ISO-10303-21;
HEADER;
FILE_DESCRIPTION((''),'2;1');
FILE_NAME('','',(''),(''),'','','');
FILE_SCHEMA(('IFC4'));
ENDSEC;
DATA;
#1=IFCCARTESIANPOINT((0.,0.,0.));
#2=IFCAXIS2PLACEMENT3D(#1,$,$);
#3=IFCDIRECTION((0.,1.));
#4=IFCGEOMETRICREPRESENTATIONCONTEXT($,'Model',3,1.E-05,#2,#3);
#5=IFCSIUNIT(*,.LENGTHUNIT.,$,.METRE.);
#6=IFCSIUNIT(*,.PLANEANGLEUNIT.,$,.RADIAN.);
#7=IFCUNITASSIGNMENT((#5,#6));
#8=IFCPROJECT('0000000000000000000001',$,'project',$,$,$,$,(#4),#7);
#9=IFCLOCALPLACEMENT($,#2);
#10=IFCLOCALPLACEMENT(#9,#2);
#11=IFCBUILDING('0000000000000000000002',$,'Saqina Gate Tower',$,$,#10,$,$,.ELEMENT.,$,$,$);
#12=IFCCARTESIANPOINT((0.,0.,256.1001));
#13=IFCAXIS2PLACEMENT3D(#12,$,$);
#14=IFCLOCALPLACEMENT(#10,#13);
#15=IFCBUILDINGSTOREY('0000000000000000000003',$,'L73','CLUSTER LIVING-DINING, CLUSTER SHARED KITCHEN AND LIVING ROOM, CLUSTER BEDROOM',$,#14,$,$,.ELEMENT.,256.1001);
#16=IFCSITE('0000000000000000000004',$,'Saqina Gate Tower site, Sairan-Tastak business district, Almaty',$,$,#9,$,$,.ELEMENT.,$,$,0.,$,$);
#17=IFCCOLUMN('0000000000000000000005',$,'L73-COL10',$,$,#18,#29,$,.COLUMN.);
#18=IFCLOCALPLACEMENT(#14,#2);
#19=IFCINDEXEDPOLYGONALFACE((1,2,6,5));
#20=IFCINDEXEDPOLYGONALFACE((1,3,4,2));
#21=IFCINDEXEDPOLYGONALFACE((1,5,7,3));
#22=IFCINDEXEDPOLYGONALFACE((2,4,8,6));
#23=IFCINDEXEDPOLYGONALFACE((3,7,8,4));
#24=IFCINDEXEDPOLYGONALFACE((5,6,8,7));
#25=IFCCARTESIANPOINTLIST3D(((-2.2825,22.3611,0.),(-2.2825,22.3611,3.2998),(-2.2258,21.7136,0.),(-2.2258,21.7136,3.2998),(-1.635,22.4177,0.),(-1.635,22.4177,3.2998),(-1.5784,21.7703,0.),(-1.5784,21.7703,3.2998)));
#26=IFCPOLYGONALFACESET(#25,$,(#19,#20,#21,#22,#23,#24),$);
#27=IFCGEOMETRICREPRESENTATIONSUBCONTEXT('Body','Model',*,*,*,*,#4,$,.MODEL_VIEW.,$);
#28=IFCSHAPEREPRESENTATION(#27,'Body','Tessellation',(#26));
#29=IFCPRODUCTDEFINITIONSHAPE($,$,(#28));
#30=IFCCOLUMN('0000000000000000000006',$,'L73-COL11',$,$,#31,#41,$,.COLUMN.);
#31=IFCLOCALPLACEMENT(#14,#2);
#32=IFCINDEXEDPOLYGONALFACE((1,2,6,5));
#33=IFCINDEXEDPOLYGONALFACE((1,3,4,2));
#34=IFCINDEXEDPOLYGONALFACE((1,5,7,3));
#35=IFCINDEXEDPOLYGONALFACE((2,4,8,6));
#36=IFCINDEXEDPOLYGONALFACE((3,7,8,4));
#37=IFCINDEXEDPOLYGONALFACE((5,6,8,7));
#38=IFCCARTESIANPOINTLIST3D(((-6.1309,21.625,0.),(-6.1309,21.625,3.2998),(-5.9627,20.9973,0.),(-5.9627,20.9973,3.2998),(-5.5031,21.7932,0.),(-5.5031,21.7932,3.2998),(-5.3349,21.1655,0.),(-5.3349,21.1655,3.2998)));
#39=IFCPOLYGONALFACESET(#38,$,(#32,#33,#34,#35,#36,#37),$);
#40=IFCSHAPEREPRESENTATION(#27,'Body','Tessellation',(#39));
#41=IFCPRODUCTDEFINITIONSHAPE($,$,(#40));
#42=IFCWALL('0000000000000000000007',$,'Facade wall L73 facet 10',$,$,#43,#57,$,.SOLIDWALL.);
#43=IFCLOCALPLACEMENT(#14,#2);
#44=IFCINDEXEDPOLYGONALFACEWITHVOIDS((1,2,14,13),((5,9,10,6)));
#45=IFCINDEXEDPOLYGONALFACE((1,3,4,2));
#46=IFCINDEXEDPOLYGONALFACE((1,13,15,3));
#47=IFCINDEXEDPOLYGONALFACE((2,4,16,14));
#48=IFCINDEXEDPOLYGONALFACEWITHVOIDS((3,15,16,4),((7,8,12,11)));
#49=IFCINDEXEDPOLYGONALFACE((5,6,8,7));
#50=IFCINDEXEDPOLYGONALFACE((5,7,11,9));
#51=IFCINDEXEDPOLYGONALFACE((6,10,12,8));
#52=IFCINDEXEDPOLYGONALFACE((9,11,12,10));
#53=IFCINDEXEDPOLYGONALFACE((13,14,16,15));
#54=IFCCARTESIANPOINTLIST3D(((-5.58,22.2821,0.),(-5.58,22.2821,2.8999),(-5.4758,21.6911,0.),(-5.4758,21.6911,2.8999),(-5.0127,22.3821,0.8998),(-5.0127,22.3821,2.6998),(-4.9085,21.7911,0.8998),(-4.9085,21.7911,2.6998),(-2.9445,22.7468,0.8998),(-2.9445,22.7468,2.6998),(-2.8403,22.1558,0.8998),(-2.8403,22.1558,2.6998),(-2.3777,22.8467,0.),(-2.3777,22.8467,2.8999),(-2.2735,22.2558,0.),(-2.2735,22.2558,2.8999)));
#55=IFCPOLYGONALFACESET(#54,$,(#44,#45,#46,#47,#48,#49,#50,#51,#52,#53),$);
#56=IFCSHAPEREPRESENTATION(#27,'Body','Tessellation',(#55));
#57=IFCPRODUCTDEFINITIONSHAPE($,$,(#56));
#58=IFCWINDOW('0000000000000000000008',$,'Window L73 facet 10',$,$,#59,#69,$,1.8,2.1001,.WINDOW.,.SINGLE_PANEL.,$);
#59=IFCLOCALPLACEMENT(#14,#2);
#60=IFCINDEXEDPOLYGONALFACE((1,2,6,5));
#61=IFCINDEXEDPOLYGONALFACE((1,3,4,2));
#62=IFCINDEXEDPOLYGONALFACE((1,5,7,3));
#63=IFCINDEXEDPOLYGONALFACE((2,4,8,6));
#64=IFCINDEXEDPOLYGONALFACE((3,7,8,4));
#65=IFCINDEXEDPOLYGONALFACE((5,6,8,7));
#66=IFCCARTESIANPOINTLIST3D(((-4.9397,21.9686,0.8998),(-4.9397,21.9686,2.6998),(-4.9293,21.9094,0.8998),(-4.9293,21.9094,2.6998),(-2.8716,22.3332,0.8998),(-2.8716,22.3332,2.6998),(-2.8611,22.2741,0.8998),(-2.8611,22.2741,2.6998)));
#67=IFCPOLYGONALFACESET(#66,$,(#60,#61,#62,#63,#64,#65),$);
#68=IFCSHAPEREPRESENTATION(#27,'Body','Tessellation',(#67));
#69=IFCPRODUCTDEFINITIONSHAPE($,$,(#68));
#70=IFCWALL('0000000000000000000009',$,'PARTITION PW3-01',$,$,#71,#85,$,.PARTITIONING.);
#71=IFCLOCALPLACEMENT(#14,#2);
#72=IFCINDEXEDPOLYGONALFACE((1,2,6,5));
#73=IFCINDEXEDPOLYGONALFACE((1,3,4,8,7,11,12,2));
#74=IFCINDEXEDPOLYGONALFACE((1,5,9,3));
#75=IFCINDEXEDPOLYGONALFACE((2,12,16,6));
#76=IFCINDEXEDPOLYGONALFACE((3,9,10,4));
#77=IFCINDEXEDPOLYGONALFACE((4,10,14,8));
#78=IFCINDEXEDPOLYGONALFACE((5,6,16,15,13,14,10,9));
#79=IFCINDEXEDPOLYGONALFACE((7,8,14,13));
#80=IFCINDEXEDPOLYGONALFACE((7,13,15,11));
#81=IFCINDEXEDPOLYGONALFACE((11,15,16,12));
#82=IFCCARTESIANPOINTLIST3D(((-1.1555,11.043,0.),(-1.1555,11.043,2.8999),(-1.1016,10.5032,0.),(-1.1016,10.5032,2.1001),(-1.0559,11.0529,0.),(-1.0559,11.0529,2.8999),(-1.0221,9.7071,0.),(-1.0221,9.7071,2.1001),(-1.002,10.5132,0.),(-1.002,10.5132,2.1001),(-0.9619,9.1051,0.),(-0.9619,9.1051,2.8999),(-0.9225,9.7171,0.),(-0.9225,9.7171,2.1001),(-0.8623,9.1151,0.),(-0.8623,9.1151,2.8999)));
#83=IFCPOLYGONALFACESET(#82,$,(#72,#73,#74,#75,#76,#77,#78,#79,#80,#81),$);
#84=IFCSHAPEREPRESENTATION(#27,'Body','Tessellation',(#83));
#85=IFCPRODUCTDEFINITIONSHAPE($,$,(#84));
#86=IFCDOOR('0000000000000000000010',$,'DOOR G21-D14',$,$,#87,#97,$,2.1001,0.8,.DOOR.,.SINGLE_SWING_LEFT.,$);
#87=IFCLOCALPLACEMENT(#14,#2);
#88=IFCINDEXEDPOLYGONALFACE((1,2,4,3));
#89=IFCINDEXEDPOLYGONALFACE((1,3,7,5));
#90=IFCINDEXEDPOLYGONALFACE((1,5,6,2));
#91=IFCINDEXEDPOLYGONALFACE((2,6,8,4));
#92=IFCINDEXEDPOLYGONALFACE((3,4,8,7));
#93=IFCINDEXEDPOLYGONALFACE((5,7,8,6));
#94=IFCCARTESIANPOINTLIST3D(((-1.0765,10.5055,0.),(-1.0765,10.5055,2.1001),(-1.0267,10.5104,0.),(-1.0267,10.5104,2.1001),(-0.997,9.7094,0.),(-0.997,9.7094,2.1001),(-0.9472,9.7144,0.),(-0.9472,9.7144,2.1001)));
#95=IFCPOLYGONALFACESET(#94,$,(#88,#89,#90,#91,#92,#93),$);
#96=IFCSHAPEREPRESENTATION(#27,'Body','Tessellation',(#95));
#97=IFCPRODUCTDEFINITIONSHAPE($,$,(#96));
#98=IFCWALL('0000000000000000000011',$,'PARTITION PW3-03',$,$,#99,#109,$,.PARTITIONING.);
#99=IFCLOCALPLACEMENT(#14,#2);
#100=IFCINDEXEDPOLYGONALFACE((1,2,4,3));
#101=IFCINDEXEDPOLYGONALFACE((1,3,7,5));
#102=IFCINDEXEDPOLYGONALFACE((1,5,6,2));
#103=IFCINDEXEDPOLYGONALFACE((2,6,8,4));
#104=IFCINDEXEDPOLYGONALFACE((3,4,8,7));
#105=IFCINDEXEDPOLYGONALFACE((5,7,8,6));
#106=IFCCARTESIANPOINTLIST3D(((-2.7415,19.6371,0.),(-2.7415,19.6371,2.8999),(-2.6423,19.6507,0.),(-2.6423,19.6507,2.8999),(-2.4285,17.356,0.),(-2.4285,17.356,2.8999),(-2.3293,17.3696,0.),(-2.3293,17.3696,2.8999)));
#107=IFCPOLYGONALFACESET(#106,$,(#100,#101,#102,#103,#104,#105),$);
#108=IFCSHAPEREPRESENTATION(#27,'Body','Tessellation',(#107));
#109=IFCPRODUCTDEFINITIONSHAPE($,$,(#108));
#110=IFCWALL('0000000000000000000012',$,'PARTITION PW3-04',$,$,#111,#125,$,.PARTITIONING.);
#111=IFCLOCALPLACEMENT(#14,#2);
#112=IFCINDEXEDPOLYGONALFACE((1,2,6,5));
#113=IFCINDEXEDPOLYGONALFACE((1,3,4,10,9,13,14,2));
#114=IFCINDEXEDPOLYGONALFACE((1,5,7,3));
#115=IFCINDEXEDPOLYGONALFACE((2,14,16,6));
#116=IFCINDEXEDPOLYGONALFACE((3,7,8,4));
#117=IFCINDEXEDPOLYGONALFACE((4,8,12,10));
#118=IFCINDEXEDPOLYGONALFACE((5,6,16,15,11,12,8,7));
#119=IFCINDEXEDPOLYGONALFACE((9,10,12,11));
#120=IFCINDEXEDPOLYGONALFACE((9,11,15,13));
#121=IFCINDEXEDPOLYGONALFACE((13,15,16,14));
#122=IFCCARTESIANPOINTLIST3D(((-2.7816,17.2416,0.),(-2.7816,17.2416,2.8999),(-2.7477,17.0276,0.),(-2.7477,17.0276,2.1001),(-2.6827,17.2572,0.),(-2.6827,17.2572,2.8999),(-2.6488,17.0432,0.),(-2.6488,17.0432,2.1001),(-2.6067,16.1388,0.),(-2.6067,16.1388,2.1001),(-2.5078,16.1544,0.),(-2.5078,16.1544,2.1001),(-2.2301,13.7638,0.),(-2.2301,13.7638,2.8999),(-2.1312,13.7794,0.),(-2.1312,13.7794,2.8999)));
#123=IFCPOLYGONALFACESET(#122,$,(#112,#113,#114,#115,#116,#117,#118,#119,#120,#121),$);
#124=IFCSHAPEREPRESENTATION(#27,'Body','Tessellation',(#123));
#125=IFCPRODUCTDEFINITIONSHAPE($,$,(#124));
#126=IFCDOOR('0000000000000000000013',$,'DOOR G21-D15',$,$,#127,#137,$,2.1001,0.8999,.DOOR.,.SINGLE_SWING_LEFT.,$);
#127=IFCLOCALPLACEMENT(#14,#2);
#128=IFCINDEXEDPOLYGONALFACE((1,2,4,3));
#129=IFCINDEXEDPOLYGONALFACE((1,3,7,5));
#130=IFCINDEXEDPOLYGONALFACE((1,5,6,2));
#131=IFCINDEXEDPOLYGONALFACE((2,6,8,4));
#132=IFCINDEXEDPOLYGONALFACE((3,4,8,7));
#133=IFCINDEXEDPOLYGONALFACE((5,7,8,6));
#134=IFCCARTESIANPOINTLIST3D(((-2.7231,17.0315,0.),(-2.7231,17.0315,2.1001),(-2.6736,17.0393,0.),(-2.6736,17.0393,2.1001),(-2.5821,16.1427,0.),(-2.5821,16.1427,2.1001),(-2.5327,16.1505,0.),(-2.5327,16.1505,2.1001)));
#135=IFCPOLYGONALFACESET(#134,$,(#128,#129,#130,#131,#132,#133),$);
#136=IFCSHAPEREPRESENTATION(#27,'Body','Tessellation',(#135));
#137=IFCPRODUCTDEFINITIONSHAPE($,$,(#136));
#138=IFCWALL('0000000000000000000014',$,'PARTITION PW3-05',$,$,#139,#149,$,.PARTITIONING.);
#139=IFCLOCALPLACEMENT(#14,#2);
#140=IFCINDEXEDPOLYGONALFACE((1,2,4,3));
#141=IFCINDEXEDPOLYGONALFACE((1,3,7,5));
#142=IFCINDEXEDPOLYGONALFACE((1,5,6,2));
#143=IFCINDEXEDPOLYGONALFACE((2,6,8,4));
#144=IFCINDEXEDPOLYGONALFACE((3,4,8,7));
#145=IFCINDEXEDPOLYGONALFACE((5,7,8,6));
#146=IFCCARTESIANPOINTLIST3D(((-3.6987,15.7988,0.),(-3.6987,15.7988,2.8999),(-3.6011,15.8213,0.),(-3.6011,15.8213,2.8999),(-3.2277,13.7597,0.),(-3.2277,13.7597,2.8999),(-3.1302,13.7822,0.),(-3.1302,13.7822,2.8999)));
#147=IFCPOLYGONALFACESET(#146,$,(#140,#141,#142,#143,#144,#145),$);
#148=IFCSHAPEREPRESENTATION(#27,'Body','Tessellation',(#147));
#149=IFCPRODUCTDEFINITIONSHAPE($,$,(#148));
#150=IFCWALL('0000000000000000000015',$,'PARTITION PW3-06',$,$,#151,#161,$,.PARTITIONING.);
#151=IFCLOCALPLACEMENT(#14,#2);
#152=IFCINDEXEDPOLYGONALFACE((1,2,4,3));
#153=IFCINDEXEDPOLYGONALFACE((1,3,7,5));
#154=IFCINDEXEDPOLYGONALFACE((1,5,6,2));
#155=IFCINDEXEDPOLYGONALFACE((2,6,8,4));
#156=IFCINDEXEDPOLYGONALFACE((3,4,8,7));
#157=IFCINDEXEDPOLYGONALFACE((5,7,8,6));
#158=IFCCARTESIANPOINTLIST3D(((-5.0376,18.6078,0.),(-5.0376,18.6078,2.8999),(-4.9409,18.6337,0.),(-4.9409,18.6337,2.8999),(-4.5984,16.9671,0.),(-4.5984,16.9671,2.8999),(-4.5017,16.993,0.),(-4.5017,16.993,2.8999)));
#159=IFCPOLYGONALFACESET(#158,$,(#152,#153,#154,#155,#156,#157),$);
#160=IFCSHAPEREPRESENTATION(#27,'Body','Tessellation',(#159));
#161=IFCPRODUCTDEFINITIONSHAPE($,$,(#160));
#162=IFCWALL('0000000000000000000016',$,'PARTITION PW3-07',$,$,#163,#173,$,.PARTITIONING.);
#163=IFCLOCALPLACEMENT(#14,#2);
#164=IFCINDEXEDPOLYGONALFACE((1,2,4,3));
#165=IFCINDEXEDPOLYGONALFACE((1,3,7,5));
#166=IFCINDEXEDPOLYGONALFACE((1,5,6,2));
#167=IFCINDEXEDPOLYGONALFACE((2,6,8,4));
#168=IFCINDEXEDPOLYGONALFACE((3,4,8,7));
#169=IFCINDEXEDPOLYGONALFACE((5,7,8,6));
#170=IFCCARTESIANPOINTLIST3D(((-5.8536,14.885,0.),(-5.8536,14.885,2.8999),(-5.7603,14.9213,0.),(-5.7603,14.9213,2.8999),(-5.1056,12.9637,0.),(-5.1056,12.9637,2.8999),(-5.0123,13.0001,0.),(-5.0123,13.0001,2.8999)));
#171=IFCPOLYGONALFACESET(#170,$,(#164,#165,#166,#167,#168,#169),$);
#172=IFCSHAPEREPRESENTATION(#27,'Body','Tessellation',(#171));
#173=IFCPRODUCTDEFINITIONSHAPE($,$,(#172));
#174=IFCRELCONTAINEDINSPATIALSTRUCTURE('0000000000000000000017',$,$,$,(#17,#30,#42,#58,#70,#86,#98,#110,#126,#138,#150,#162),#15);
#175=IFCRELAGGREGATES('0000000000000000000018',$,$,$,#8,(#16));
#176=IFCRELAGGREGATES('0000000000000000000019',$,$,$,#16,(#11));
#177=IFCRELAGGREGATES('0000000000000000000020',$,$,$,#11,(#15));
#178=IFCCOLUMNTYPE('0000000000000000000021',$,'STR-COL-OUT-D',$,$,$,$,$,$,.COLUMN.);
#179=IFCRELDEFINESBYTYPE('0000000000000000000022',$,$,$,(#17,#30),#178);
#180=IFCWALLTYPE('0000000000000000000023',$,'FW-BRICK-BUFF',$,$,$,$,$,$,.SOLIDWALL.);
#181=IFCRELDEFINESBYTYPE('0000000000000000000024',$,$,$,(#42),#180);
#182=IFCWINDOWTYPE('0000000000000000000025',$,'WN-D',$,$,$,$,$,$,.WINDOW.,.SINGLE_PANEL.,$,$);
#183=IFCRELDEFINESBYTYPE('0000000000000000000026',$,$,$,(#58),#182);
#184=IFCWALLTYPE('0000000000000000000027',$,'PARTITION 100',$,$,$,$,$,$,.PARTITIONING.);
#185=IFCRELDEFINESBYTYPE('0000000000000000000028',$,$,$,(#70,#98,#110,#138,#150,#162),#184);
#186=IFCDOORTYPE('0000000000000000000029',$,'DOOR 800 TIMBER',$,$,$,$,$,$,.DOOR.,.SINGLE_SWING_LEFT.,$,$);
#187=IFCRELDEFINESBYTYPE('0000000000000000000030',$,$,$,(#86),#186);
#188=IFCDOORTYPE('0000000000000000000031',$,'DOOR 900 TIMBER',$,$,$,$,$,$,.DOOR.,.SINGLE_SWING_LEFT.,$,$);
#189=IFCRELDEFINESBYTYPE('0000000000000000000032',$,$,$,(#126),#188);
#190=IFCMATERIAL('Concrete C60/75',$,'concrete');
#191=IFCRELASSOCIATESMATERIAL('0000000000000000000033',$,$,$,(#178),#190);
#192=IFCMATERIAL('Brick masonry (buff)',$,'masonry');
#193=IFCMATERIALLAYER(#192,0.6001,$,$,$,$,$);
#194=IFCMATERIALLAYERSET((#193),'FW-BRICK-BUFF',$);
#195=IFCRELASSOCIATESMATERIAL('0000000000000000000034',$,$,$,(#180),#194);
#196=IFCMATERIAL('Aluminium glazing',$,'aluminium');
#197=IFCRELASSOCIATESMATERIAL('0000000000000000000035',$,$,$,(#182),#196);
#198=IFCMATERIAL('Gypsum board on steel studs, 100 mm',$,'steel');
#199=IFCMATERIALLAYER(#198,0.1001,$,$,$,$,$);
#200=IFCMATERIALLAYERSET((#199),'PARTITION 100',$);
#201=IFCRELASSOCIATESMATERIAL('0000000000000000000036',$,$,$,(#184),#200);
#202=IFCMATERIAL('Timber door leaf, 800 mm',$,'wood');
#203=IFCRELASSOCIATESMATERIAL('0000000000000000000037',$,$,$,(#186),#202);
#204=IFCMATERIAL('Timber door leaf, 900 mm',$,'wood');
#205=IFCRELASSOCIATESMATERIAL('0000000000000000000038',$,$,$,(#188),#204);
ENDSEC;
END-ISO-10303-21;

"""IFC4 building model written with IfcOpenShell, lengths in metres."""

from ifc_helpers import new_model, si_unit, direction, frame, frame_2d, origin, origin_2d, place, context, subcontext, project, spatial, rectangle, extrude, material, layer, layer_set, material_profile, profile_set, type_object, element, fill, save


model = new_model("IFC4")

# Units and contexts
model_context = context("Model", 3, precision=1e-05, world=origin(), true_north=direction((0.0, 1.0)))
body_context = subcontext(model_context, "Body", "Model", "MODEL_VIEW")
ifc_project = project(units=[si_unit("LENGTHUNIT", "METRE"), si_unit("PLANEANGLEUNIT", "RADIAN")], contexts=[model_context])

# Site, building, storey
site_placement = place(None, origin())
site = spatial("IfcSite", under=ifc_project, at=site_placement, Name="Saqina Gate Tower site, Sairan-Tastak business district, Almaty", CompositionType="ELEMENT", RefElevation=0.0)
building_placement = place(site_placement, origin())
building = spatial("IfcBuilding", under=site, at=building_placement, Name="Saqina Gate Tower", CompositionType="ELEMENT")
storey_placement = place(building_placement, frame((0.0, 0.0, 256.1001)))
storey = spatial("IfcBuildingStorey", under=building, at=storey_placement, Name="L73", Description="CLUSTER LIVING-DINING, CLUSTER SHARED KITCHEN AND LIVING ROOM, CLUSTER BEDROOM", CompositionType="ELEMENT", Elevation=256.1001)

# Columns
ifc_material_1 = material(Name="Concrete C60/75", Category="concrete")
ifc_material_profile = material_profile(ifc_material_1, rectangle(XDim=0.6499, YDim=0.6499, at=origin_2d()), Name="RC 650x650")
ifc_profile_set = profile_set([ifc_material_profile], Name="Concrete C60/75")
column_type = type_object("IfcColumnType", Name="STR-COL-OUT-D", PredefinedType="COLUMN", material=ifc_profile_set)
for number, where, z_axis, x_axis, name in (
    (1, (-1.9304, 22.0657, 0.0), (0.0, 0.0, 1.0), (-0.087156, 0.996195, 0.0), "L73-COL10"),
    (2, (-5.7329, 21.3953, 0.0), (0.0, 0.0, 1.0), (-0.258819, 0.965926, 0.0), "L73-COL11"),
):
    element("IfcColumn", number, at=place(storey_placement, frame(where, z_axis=z_axis, x_axis=x_axis)), inside=storey, type_object=column_type, Name=name, PredefinedType="COLUMN", context=body_context, shape_type="SweptSolid", body=[
        extrude(rectangle(XDim=0.6499, YDim=0.6499, at=origin_2d()), origin(), (0.0, 0.0, 1.0), 3.2998),
    ])

# Wall, opening, window
ifc_material_2 = material(Name="Brick masonry (buff)", Category="masonry")
ifc_layer_1 = layer(ifc_material_2, 0.6001)
ifc_layer_set_1 = layer_set([ifc_layer_1], Name="FW-BRICK-BUFF")
wall_type_1 = type_object("IfcWallType", Name="FW-BRICK-BUFF", PredefinedType="SOLIDWALL", material=ifc_layer_set_1)
wall_1_placement = place(storey_placement, frame((-2.3254, 22.5513, 0.0), z_axis=(0.0, 0.0, 1.0), x_axis=(-0.984806, -0.173657, 0.0)))
wall_1 = element("IfcWall", 3, at=wall_1_placement, inside=storey, type_object=wall_type_1, Name="Facade wall L73 facet 10", PredefinedType="SOLIDWALL", context=body_context, shape_type="SweptSolid", body=[
    extrude(rectangle(XDim=3.2517, YDim=0.6001, at=frame_2d((1.626, 0.0))), origin(), (0.0, 0.0, 1.0), 2.8999),
])
opening_1_placement = place(wall_1_placement, frame((0.5757, 0.0, 0.8999)))
opening_1 = element("IfcOpeningElement", 4, at=opening_1_placement, cuts=wall_1, PredefinedType="OPENING", context=body_context, shape_type="SweptSolid", body=[
    extrude(rectangle(XDim=2.1001, YDim=1.8, at=frame_2d((1.05, 0.8999))), frame((0.0, 0.312, 0.0), z_axis=(0.0, -1.0, 0.0), x_axis=(1.0, 0.0, 0.0)), (0.0, 0.0, 1.0), 0.624),
])
ifc_material_3 = material(Name="Aluminium glazing", Category="aluminium")
window_type = type_object("IfcWindowType", Name="WN-D", PartitioningType="SINGLE_PANEL", PredefinedType="WINDOW", material=ifc_material_3)
window_placement = place(opening_1_placement, origin())
window = element("IfcWindow", 5, at=window_placement, inside=storey, type_object=window_type, Name="Window L73 facet 10", OverallHeight=1.8, OverallWidth=2.1001, PartitioningType="SINGLE_PANEL", PredefinedType="WINDOW", context=body_context, shape_type="SweptSolid", body=[
    extrude(rectangle(XDim=2.1001, YDim=1.8, at=frame_2d((1.05, 0.8999))), frame((0.0, 0.1799, 0.0), z_axis=(0.0, -1.0, 0.0), x_axis=(1.0, 0.0, 0.0)), (0.0, 0.0, 1.0), 0.0601),
])
fill(opening_1, window)

# Wall, opening, door
ifc_material_4 = material(Name="Gypsum board on steel studs, 100 mm", Category="steel")
ifc_layer_2 = layer(ifc_material_4, 0.1001)
ifc_layer_set_2 = layer_set([ifc_layer_2], Name="PARTITION 100")
wall_type_2 = type_object("IfcWallType", Name="PARTITION 100", PredefinedType="PARTITIONING", material=ifc_layer_set_2)
wall_2_placement = place(storey_placement, frame((-1.1057, 11.0479, 0.0), z_axis=(0.0, 0.0, 1.0), x_axis=(0.099417, -0.995046, 0.0)))
wall_2 = element("IfcWall", 6, at=wall_2_placement, inside=storey, type_object=wall_type_2, Name="PARTITION PW3-01", PredefinedType="PARTITIONING", context=body_context, shape_type="SweptSolid", body=[
    extrude(rectangle(XDim=1.9475, YDim=0.1001, at=frame_2d((0.9736, 0.0))), origin(), (0.0, 0.0, 1.0), 2.8999),
])
opening_2_placement = place(wall_2_placement, frame((0.5425, 0.0, 0.0)))
opening_2 = element("IfcOpeningElement", 7, at=opening_2_placement, cuts=wall_2, PredefinedType="OPENING", context=body_context, shape_type="SweptSolid", body=[
    extrude(rectangle(XDim=0.8, YDim=2.1001, at=frame_2d((0.3999, 1.05))), frame((0.0, 0.062, 0.0), z_axis=(0.0, -1.0, 0.0), x_axis=(1.0, 0.0, 0.0)), (0.0, 0.0, 1.0), 0.124),
])
ifc_material_5 = material(Name="Timber door leaf, 800 mm", Category="wood")
door_type_1 = type_object("IfcDoorType", Name="DOOR 800 TIMBER", OperationType="SINGLE_SWING_LEFT", PredefinedType="DOOR", material=ifc_material_5)
door_1_placement = place(opening_2_placement, frame((0.8, 0.0, 0.0), z_axis=(0.0, 0.0, 1.0), x_axis=(-1.0, 0.0, 0.0)))
door_1 = element("IfcDoor", 8, at=door_1_placement, inside=storey, type_object=door_type_1, Name="DOOR G21-D14", OperationType="SINGLE_SWING_LEFT", OverallHeight=2.1001, OverallWidth=0.8, PredefinedType="DOOR", context=body_context, shape_type="SweptSolid", body=[
    extrude(rectangle(XDim=0.8, YDim=2.1001, at=frame_2d((0.3999, 1.05))), frame((0.0, 0.0249, 0.0), z_axis=(0.0, -1.0, 0.0), x_axis=(1.0, 0.0, 0.0)), (0.0, 0.0, 1.0), 0.05),
])
fill(opening_2, door_1)

# Wall
wall_3_placement = place(storey_placement, frame((-2.6919, 19.644, 0.0), z_axis=(0.0, 0.0, 1.0), x_axis=(0.135941, -0.990717, 0.0)))
element("IfcWall", 9, at=wall_3_placement, inside=storey, type_object=wall_type_2, Name="PARTITION PW3-03", PredefinedType="PARTITIONING", context=body_context, shape_type="SweptSolid", body=[
    extrude(rectangle(XDim=2.3025, YDim=0.1001, at=frame_2d((1.1514, 0.0))), origin(), (0.0, 0.0, 1.0), 2.8999),
])

# Wall, opening, door
wall_4_placement = place(storey_placement, frame((-2.7322, 17.2495, 0.0), z_axis=(0.0, 0.0, 1.0), x_axis=(0.156625, -0.987658, 0.0)))
wall_4 = element("IfcWall", 10, at=wall_4_placement, inside=storey, type_object=wall_type_2, Name="PARTITION PW3-04", PredefinedType="PARTITIONING", context=body_context, shape_type="SweptSolid", body=[
    extrude(rectangle(XDim=3.5212, YDim=0.1001, at=frame_2d((1.7607, 0.0))), origin(), (0.0, 0.0, 1.0), 2.8999),
])
opening_3_placement = place(wall_4_placement, frame((0.2168, 0.0, 0.0)))
opening_3 = element("IfcOpeningElement", 11, at=opening_3_placement, cuts=wall_4, PredefinedType="OPENING", context=body_context, shape_type="SweptSolid", body=[
    extrude(rectangle(XDim=0.8999, YDim=2.1001, at=frame_2d((0.45, 1.05))), frame((0.0, 0.062, 0.0), z_axis=(0.0, -1.0, 0.0), x_axis=(1.0, 0.0, 0.0)), (0.0, 0.0, 1.0), 0.124),
])
ifc_material_6 = material(Name="Timber door leaf, 900 mm", Category="wood")
door_type_2 = type_object("IfcDoorType", Name="DOOR 900 TIMBER", OperationType="SINGLE_SWING_LEFT", PredefinedType="DOOR", material=ifc_material_6)
door_2_placement = place(opening_3_placement, origin())
door_2 = element("IfcDoor", 12, at=door_2_placement, inside=storey, type_object=door_type_2, Name="DOOR G21-D15", OperationType="SINGLE_SWING_LEFT", OverallHeight=2.1001, OverallWidth=0.8999, PredefinedType="DOOR", context=body_context, shape_type="SweptSolid", body=[
    extrude(rectangle(XDim=0.8999, YDim=2.1001, at=frame_2d((0.45, 1.05))), frame((0.0, 0.0249, 0.0), z_axis=(0.0, -1.0, 0.0), x_axis=(1.0, 0.0, 0.0)), (0.0, 0.0, 1.0), 0.05),
])
fill(opening_3, door_2)

# Walls
wall_5_placement = place(storey_placement, frame((-3.6499, 15.8101, 0.0), z_axis=(0.0, 0.0, 1.0), x_axis=(0.225038, -0.97435, 0.0)))
element("IfcWall", 13, at=wall_5_placement, inside=storey, type_object=wall_type_2, Name="PARTITION PW3-05", PredefinedType="PARTITIONING", context=body_context, shape_type="SweptSolid", body=[
    extrude(rectangle(XDim=2.0928, YDim=0.1001, at=frame_2d((1.0464, 0.0))), origin(), (0.0, 0.0, 1.0), 2.8999),
])
wall_6_placement = place(storey_placement, frame((-4.9893, 18.6206, 0.0), z_axis=(0.0, 0.0, 1.0), x_axis=(0.258602, -0.965984, 0.0)))
element("IfcWall", 14, at=wall_6_placement, inside=storey, type_object=wall_type_2, Name="PARTITION PW3-06", PredefinedType="PARTITIONING", context=body_context, shape_type="SweptSolid", body=[
    extrude(rectangle(XDim=1.6985, YDim=0.1001, at=frame_2d((0.8491, 0.0))), origin(), (0.0, 0.0, 1.0), 2.8999),
])
wall_7_placement = place(storey_placement, frame((-5.8069, 14.9031, 0.0), z_axis=(0.0, 0.0, 1.0), x_axis=(0.362801, -0.931867, 0.0)))
element("IfcWall", 15, at=wall_7_placement, inside=storey, type_object=wall_type_2, Name="PARTITION PW3-07", PredefinedType="PARTITIONING", context=body_context, shape_type="SweptSolid", body=[
    extrude(rectangle(XDim=2.0618, YDim=0.1001, at=frame_2d((1.0308, 0.0))), origin(), (0.0, 0.0, 1.0), 2.8999),
])

save(model, "model.ifc")
